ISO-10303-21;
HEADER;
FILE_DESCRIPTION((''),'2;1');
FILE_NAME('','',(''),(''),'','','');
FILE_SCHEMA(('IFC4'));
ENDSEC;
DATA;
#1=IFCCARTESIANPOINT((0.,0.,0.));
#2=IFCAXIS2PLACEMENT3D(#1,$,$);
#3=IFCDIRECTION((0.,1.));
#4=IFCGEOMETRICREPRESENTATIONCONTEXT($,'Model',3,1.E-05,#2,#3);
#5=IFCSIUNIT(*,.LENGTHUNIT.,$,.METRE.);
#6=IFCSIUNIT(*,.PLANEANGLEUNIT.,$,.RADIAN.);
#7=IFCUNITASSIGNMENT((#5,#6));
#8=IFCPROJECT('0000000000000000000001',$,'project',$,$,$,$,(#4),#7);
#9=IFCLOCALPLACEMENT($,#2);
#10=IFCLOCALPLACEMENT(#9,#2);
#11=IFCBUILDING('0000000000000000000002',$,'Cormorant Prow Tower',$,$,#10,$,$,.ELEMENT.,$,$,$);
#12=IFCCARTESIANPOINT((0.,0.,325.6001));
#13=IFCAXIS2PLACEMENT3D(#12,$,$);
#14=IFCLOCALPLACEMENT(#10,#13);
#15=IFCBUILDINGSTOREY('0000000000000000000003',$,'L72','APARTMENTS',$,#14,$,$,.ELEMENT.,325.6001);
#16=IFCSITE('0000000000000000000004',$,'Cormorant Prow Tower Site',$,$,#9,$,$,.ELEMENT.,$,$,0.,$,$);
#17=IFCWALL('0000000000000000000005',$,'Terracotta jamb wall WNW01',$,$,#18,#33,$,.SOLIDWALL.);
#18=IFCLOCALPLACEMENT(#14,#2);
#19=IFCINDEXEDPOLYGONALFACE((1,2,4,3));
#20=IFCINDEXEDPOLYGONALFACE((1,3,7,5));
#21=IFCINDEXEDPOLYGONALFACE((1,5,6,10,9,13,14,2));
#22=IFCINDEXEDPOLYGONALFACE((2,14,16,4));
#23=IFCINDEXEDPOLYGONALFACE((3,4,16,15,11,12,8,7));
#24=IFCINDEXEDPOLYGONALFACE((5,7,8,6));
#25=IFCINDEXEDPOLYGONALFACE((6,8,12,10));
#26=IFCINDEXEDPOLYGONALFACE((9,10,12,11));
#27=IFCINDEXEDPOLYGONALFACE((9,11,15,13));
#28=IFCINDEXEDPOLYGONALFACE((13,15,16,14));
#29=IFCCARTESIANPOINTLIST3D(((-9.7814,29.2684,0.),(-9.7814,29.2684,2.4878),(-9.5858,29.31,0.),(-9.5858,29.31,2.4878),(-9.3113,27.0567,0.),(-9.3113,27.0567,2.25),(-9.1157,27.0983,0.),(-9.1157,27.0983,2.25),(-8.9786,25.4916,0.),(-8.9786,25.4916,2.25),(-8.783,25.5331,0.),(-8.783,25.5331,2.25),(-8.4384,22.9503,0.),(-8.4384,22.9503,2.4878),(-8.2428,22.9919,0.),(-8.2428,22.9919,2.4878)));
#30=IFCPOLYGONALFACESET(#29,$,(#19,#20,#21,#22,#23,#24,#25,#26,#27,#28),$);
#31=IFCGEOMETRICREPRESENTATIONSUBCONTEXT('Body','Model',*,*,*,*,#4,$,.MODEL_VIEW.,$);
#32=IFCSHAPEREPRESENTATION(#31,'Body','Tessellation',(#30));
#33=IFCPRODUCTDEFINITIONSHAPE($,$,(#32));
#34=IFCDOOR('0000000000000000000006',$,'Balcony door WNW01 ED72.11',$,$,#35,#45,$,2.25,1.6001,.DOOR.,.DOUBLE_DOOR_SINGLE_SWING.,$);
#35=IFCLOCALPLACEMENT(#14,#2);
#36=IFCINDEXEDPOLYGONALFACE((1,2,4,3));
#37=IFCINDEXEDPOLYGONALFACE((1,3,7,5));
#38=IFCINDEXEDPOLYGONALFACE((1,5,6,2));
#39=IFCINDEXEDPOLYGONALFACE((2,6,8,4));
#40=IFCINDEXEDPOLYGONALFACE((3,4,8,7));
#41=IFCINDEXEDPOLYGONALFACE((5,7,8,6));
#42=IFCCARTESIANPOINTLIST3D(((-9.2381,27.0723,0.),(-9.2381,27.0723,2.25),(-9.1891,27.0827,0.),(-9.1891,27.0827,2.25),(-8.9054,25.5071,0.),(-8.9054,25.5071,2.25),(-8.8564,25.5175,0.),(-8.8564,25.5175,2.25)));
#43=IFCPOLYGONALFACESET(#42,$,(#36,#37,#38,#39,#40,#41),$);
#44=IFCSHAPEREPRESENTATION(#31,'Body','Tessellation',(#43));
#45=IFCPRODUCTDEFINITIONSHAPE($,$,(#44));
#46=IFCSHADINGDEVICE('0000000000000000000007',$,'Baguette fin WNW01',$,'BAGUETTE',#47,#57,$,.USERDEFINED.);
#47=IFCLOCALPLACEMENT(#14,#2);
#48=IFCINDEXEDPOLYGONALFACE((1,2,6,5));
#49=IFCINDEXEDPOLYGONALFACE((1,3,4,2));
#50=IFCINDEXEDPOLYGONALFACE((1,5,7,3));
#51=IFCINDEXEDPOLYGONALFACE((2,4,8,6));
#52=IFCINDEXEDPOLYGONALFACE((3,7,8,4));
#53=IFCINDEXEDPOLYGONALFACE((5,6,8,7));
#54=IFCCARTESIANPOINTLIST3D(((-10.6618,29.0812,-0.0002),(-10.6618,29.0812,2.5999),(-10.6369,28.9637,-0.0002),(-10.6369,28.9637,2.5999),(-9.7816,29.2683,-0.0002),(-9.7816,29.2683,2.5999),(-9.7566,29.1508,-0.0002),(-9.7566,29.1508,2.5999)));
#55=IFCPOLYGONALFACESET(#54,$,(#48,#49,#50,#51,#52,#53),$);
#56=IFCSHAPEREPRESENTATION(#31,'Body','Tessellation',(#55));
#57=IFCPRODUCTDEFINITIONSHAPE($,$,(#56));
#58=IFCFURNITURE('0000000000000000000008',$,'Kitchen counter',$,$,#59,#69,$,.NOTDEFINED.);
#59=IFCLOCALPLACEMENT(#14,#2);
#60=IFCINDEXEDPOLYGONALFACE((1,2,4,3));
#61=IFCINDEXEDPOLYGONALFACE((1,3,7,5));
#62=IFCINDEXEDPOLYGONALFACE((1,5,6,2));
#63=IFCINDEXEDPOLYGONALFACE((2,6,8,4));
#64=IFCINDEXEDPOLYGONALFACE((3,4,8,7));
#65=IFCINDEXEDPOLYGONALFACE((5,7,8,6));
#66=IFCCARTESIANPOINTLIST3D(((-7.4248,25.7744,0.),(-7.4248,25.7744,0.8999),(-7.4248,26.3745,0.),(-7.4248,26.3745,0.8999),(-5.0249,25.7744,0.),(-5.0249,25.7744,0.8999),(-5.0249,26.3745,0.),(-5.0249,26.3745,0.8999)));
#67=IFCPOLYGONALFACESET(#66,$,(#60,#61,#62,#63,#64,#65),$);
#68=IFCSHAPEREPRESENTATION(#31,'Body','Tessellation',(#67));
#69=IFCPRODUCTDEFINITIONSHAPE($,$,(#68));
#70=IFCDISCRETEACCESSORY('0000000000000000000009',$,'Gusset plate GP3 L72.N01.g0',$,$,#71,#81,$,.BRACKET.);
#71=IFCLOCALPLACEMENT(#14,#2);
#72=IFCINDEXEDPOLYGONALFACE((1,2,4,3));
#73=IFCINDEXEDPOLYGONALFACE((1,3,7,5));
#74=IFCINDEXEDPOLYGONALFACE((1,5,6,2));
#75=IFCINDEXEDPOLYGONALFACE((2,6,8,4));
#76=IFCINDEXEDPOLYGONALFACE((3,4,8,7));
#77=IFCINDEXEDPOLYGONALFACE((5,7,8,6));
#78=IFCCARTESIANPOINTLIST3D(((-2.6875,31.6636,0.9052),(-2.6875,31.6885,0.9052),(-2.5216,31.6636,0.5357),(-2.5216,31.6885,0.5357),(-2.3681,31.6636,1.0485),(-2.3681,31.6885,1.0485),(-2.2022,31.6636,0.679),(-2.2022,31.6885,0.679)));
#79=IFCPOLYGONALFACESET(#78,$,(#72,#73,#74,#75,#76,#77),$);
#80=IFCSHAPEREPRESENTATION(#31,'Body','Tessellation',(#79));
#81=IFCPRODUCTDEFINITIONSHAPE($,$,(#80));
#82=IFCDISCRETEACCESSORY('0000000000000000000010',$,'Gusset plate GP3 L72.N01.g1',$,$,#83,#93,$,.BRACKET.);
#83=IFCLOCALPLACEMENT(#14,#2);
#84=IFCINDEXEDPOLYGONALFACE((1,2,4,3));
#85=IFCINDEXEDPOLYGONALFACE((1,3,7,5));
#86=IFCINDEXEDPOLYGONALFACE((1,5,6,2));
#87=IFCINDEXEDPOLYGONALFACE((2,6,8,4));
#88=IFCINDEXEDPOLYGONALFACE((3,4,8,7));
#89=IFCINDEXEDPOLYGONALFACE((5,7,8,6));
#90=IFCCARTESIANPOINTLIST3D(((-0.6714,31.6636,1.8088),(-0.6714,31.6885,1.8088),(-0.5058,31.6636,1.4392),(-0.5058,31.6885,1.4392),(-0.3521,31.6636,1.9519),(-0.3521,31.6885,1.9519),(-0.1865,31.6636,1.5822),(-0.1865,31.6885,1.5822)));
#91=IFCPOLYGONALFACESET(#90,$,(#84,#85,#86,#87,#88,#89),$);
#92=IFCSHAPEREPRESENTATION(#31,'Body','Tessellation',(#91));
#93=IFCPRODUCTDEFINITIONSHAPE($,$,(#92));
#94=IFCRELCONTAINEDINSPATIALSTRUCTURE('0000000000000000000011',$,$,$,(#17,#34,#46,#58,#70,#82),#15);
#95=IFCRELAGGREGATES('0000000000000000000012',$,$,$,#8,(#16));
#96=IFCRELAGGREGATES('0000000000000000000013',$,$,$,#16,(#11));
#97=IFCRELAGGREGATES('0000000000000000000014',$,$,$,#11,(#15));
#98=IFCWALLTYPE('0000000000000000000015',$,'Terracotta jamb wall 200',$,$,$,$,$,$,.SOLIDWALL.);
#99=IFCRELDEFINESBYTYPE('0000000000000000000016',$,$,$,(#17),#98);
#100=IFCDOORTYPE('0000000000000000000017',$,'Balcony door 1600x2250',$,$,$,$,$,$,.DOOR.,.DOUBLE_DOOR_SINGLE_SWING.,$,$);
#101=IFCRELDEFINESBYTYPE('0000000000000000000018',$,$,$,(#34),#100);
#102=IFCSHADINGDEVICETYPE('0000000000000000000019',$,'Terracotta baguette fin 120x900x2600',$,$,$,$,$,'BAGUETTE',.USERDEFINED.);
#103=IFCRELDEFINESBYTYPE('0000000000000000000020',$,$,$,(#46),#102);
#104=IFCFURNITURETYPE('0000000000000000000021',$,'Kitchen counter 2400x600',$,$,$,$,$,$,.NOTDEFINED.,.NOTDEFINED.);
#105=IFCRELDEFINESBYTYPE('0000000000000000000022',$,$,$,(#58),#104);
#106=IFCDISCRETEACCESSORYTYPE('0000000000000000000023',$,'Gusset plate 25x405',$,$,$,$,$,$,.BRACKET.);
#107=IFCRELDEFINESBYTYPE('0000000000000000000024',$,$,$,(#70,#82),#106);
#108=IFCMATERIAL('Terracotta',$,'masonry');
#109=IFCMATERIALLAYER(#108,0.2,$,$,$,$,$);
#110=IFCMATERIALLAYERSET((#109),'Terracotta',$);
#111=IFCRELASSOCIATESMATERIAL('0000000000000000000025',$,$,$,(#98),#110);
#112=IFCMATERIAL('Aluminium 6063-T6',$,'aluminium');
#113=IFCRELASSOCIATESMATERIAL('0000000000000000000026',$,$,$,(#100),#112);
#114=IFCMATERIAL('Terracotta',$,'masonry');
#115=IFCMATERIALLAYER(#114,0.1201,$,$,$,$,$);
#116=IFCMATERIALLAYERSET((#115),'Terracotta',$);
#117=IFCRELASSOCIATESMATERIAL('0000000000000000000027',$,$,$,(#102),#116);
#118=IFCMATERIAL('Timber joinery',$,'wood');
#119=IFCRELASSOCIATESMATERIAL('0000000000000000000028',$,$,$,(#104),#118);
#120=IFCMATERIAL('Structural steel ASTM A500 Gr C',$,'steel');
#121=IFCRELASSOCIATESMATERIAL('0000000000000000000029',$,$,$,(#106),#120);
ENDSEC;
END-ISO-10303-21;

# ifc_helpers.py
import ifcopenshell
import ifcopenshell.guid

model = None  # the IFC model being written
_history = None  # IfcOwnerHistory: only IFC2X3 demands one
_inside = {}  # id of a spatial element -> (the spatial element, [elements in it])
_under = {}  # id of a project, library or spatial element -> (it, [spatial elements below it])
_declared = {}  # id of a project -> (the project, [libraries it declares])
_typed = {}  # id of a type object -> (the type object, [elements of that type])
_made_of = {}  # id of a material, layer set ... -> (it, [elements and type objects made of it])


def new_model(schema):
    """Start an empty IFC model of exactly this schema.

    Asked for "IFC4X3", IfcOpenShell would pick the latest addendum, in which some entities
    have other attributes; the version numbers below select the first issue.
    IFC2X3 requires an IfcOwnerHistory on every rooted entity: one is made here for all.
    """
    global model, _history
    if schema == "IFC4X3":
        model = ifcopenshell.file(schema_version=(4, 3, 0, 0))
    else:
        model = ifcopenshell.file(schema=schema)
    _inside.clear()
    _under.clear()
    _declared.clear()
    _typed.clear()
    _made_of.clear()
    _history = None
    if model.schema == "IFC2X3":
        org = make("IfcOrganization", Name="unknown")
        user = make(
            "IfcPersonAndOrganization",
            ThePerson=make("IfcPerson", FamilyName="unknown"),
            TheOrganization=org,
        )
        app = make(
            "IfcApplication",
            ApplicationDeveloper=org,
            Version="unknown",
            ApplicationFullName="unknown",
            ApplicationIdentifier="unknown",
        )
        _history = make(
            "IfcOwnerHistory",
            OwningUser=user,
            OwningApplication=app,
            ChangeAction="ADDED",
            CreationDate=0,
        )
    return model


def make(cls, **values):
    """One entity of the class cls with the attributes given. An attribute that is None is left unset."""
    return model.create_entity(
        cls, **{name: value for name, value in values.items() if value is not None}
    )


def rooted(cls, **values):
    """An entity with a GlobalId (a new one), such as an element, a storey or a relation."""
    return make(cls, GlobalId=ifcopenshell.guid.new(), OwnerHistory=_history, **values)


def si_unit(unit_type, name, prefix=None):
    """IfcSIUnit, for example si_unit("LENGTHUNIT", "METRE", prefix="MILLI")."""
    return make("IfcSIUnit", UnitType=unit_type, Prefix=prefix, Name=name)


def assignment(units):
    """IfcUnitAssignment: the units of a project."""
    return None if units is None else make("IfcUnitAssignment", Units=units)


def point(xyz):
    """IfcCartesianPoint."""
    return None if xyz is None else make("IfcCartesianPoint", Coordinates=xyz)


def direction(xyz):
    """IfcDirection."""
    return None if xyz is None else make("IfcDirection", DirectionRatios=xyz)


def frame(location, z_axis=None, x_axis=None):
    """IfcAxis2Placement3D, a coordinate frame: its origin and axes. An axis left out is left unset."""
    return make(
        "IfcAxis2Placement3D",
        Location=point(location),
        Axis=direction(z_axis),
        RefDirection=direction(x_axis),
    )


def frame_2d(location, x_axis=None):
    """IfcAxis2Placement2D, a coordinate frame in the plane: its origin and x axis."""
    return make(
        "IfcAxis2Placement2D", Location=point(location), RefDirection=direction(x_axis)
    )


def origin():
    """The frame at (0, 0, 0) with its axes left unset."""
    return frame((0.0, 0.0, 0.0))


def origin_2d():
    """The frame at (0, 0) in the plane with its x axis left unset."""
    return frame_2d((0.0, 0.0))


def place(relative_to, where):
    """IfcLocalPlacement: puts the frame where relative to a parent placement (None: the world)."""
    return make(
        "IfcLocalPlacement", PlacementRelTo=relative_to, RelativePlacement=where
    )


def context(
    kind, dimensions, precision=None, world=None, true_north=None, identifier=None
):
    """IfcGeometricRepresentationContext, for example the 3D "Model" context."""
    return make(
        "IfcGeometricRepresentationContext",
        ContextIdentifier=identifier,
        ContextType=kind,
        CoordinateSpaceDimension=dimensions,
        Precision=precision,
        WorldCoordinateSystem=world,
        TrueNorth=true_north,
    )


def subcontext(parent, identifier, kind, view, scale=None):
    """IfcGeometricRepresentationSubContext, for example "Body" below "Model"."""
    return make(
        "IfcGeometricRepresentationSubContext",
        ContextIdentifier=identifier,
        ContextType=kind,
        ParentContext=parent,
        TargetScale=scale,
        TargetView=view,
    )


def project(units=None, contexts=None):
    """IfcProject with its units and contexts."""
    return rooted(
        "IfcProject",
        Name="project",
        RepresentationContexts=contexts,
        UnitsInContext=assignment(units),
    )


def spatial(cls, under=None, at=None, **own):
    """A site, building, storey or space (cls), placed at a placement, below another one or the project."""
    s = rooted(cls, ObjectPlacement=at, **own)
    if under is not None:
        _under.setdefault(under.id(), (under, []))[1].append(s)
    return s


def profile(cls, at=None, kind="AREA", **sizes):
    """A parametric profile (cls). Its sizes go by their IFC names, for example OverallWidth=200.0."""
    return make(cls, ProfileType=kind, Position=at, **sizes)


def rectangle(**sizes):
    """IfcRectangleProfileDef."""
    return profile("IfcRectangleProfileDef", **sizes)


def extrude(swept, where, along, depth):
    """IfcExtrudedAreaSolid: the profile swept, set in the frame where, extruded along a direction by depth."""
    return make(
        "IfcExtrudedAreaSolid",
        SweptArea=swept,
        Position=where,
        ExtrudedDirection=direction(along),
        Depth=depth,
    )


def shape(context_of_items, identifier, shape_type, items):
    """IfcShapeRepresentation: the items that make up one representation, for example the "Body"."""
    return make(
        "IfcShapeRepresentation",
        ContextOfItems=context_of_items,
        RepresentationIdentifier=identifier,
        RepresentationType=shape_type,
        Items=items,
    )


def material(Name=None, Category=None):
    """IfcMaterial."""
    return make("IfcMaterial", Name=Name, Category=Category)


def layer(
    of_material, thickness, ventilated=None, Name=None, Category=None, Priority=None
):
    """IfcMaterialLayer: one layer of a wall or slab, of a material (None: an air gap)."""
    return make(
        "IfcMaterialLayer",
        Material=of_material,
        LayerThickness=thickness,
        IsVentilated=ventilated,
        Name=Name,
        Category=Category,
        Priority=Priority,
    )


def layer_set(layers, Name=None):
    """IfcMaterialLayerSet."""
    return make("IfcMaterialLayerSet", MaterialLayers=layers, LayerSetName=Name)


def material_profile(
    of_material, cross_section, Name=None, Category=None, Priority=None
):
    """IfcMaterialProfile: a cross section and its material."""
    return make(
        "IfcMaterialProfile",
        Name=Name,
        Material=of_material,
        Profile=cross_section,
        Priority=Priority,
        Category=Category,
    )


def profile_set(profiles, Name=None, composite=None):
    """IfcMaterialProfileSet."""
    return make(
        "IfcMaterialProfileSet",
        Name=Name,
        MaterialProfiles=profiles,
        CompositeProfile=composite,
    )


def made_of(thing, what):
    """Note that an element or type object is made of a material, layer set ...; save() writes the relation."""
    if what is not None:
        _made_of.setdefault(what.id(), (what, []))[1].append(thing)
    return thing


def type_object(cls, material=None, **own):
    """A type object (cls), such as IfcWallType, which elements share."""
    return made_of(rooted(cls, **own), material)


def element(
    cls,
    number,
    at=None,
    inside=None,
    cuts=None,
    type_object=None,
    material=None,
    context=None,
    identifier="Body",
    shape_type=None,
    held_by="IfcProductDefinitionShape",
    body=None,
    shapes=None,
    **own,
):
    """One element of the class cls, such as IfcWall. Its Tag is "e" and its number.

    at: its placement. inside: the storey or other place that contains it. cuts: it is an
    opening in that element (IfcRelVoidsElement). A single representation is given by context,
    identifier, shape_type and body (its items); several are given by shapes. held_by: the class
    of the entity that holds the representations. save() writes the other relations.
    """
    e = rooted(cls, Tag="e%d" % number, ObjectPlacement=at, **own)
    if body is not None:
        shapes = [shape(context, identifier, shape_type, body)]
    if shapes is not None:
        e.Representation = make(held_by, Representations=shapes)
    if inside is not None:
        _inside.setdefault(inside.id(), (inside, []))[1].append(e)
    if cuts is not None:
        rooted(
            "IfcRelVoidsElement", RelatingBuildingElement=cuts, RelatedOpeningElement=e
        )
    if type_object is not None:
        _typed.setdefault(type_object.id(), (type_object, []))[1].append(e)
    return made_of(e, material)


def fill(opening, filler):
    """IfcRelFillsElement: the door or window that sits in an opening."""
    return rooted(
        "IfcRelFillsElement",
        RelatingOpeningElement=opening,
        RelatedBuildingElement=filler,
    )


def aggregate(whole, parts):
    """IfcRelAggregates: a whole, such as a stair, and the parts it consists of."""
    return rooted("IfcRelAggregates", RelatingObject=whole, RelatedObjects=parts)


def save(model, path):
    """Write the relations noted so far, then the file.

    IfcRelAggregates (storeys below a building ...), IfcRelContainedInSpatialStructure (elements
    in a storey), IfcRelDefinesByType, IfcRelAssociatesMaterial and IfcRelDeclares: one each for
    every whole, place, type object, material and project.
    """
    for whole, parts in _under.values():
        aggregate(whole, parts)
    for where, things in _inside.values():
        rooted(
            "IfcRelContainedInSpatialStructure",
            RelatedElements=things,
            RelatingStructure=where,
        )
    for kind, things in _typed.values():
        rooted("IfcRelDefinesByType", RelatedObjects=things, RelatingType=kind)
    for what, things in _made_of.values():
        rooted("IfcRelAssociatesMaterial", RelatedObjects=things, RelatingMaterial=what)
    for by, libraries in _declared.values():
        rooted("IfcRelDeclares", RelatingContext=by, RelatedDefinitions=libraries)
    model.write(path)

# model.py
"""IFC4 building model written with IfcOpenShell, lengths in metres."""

from ifc_helpers import new_model, si_unit, direction, frame, frame_2d, origin, origin_2d, place, context, subcontext, project, spatial, rectangle, extrude, material, layer, layer_set, material_profile, profile_set, type_object, element, fill, save


model = new_model("IFC4")

# Units and contexts
model_context = context("Model", 3, precision=1e-05, world=origin(), true_north=direction((0.0, 1.0)))
body_context = subcontext(model_context, "Body", "Model", "MODEL_VIEW")
ifc_project = project(units=[si_unit("LENGTHUNIT", "METRE"), si_unit("PLANEANGLEUNIT", "RADIAN")], contexts=[model_context])

# Site, building, storey
site_placement = place(None, origin())
site = spatial("IfcSite", under=ifc_project, at=site_placement, Name="Cormorant Prow Tower Site", CompositionType="ELEMENT", RefElevation=0.0)
building_placement = place(site_placement, origin())
building = spatial("IfcBuilding", under=site, at=building_placement, Name="Cormorant Prow Tower", CompositionType="ELEMENT")
storey_placement = place(building_placement, frame((0.0, 0.0, 325.6001)))
storey = spatial("IfcBuildingStorey", under=building, at=storey_placement, Name="L72", Description="APARTMENTS", CompositionType="ELEMENT", Elevation=325.6001)

# Wall, opening, door
ifc_material_1 = material(Name="Terracotta", Category="masonry")
ifc_layer_1 = layer(ifc_material_1, 0.2)
ifc_layer_set_1 = layer_set([ifc_layer_1], Name="Terracotta")
wall_type_1 = type_object("IfcWallType", Name="Terracotta jamb wall 200", PredefinedType="SOLIDWALL", material=ifc_layer_set_1)
wall_1_placement = place(storey_placement, frame((-9.6836, 29.2891, 0.0), z_axis=(0.0, 0.0, 1.0), x_axis=(0.207921, -0.978146, 0.0)))
wall_1 = element("IfcWall", 1, at=wall_1_placement, inside=storey, type_object=wall_type_1, Name="Terracotta jamb wall WNW01", PredefinedType="SOLIDWALL", context=body_context, shape_type="SweptSolid", body=[
    extrude(rectangle(XDim=6.4592, YDim=0.2, at=frame_2d((3.2295, 0.0))), origin(), (0.0, 0.0, 1.0), 2.4878),
])
opening_1_placement = place(wall_1_placement, frame((2.261, 0.0, 0.0)))
opening_1 = element("IfcOpeningElement", 2, at=opening_1_placement, cuts=wall_1, PredefinedType="OPENING", context=body_context, shape_type="SweptSolid", body=[
    extrude(rectangle(XDim=1.6001, YDim=2.25, at=frame_2d((0.8, 1.125))), frame((0.0, 0.1099, 0.0), z_axis=(0.0, -1.0, 0.0), x_axis=(1.0, 0.0, 0.0)), (0.0, 0.0, 1.0), 0.22),
])
ifc_material_2 = material(Name="Aluminium 6063-T6", Category="aluminium")
door_type_1 = type_object("IfcDoorType", Name="Balcony door 1600x2250", OperationType="DOUBLE_DOOR_SINGLE_SWING", PredefinedType="DOOR", material=ifc_material_2)
door_1_placement = place(opening_1_placement, origin())
door_1 = element("IfcDoor", 3, at=door_1_placement, inside=storey, type_object=door_type_1, Name="Balcony door WNW01 ED72.11", OperationType="DOUBLE_DOOR_SINGLE_SWING", OverallHeight=2.25, OverallWidth=1.6001, PredefinedType="DOOR", context=body_context, shape_type="SweptSolid", body=[
    extrude(rectangle(XDim=1.6001, YDim=2.25, at=frame_2d((0.8, 1.125))), frame((0.0, 0.0249, 0.0), z_axis=(0.0, -1.0, 0.0), x_axis=(1.0, 0.0, 0.0)), (0.0, 0.0, 1.0), 0.05),
])
fill(opening_1, door_1)

# Shading device
ifc_material_3 = material(Name="Terracotta", Category="masonry")
ifc_layer_2 = layer(ifc_material_3, 0.1201)
ifc_layer_set_2 = layer_set([ifc_layer_2], Name="Terracotta")
shading_device_type = type_object("IfcShadingDeviceType", Name="Terracotta baguette fin 120x900x2600", ElementType="BAGUETTE", PredefinedType="USERDEFINED", material=ifc_layer_set_2)
shading_device_placement = place(storey_placement, frame((-10.2092, 29.116, -0.0002), z_axis=(0.0, 0.0, 1.0), x_axis=(0.207912, -0.978148, 0.0)))
element("IfcShadingDevice", 4, at=shading_device_placement, inside=storey, type_object=shading_device_type, Name="Baguette fin WNW01", ObjectType="BAGUETTE", PredefinedType="USERDEFINED", context=body_context, shape_type="SweptSolid", body=[
    extrude(rectangle(XDim=0.1201, YDim=0.8999, at=origin_2d()), origin(), (0.0, 0.0, 1.0), 2.6001),
])

# Furniture
ifc_material_4 = material(Name="Timber joinery", Category="wood")
furniture_type = type_object("IfcFurnitureType", Name="Kitchen counter 2400x600", AssemblyPlace="NOTDEFINED", PredefinedType="NOTDEFINED", material=ifc_material_4)
furniture_placement = place(storey_placement, frame((-6.2249, 26.0745, 0.0), z_axis=(0.0, 0.0, 1.0), x_axis=(1.0, 0.0, 0.0)))
element("IfcFurniture", 5, at=furniture_placement, inside=storey, type_object=furniture_type, Name="Kitchen counter", PredefinedType="NOTDEFINED", context=body_context, shape_type="SweptSolid", body=[
    extrude(rectangle(XDim=2.3999, YDim=0.6001, at=origin_2d()), origin(), (0.0, 0.0, 1.0), 0.8999),
])

# Discrete accessories
ifc_material_5 = material(Name="Structural steel ASTM A500 Gr C", Category="steel")
ifc_material_profile_1 = material_profile(ifc_material_5, rectangle(XDim=0.0249, YDim=0.405, at=origin_2d()), Name="Gusset plate 25x405")
ifc_profile_set_1 = profile_set([ifc_material_profile_1], Name="Structural steel ASTM A500 Gr C")
discrete_accessory_type = type_object("IfcDiscreteAccessoryType", Name="Gusset plate 25x405", PredefinedType="BRACKET", material=ifc_profile_set_1)
discrete_accessory_1_placement = place(storey_placement, frame((-2.2852, 31.676, 0.8638), z_axis=(-0.912339, 0.0, -0.409436), x_axis=(0.0, -1.0, 0.0)))
element("IfcDiscreteAccessory", 6, at=discrete_accessory_1_placement, inside=storey, type_object=discrete_accessory_type, Name="Gusset plate GP3 L72.N01.g0", PredefinedType="BRACKET", context=body_context, shape_type="SweptSolid", body=[
    extrude(rectangle(XDim=0.0249, YDim=0.405, at=origin_2d()), origin(), (0.0, 0.0, 1.0), 0.3501),
])
discrete_accessory_2_placement = place(storey_placement, frame((-0.5886, 31.676, 1.624), z_axis=(0.912599, 0.0, 0.408856), x_axis=(0.0, 1.0, 0.0)))
element("IfcDiscreteAccessory", 7, at=discrete_accessory_2_placement, inside=storey, type_object=discrete_accessory_type, Name="Gusset plate GP3 L72.N01.g1", PredefinedType="BRACKET", context=body_context, shape_type="SweptSolid", body=[
    extrude(rectangle(XDim=0.0249, YDim=0.405, at=origin_2d()), origin(), (0.0, 0.0, 1.0), 0.3499),
])

save(model, "model.ifc")
